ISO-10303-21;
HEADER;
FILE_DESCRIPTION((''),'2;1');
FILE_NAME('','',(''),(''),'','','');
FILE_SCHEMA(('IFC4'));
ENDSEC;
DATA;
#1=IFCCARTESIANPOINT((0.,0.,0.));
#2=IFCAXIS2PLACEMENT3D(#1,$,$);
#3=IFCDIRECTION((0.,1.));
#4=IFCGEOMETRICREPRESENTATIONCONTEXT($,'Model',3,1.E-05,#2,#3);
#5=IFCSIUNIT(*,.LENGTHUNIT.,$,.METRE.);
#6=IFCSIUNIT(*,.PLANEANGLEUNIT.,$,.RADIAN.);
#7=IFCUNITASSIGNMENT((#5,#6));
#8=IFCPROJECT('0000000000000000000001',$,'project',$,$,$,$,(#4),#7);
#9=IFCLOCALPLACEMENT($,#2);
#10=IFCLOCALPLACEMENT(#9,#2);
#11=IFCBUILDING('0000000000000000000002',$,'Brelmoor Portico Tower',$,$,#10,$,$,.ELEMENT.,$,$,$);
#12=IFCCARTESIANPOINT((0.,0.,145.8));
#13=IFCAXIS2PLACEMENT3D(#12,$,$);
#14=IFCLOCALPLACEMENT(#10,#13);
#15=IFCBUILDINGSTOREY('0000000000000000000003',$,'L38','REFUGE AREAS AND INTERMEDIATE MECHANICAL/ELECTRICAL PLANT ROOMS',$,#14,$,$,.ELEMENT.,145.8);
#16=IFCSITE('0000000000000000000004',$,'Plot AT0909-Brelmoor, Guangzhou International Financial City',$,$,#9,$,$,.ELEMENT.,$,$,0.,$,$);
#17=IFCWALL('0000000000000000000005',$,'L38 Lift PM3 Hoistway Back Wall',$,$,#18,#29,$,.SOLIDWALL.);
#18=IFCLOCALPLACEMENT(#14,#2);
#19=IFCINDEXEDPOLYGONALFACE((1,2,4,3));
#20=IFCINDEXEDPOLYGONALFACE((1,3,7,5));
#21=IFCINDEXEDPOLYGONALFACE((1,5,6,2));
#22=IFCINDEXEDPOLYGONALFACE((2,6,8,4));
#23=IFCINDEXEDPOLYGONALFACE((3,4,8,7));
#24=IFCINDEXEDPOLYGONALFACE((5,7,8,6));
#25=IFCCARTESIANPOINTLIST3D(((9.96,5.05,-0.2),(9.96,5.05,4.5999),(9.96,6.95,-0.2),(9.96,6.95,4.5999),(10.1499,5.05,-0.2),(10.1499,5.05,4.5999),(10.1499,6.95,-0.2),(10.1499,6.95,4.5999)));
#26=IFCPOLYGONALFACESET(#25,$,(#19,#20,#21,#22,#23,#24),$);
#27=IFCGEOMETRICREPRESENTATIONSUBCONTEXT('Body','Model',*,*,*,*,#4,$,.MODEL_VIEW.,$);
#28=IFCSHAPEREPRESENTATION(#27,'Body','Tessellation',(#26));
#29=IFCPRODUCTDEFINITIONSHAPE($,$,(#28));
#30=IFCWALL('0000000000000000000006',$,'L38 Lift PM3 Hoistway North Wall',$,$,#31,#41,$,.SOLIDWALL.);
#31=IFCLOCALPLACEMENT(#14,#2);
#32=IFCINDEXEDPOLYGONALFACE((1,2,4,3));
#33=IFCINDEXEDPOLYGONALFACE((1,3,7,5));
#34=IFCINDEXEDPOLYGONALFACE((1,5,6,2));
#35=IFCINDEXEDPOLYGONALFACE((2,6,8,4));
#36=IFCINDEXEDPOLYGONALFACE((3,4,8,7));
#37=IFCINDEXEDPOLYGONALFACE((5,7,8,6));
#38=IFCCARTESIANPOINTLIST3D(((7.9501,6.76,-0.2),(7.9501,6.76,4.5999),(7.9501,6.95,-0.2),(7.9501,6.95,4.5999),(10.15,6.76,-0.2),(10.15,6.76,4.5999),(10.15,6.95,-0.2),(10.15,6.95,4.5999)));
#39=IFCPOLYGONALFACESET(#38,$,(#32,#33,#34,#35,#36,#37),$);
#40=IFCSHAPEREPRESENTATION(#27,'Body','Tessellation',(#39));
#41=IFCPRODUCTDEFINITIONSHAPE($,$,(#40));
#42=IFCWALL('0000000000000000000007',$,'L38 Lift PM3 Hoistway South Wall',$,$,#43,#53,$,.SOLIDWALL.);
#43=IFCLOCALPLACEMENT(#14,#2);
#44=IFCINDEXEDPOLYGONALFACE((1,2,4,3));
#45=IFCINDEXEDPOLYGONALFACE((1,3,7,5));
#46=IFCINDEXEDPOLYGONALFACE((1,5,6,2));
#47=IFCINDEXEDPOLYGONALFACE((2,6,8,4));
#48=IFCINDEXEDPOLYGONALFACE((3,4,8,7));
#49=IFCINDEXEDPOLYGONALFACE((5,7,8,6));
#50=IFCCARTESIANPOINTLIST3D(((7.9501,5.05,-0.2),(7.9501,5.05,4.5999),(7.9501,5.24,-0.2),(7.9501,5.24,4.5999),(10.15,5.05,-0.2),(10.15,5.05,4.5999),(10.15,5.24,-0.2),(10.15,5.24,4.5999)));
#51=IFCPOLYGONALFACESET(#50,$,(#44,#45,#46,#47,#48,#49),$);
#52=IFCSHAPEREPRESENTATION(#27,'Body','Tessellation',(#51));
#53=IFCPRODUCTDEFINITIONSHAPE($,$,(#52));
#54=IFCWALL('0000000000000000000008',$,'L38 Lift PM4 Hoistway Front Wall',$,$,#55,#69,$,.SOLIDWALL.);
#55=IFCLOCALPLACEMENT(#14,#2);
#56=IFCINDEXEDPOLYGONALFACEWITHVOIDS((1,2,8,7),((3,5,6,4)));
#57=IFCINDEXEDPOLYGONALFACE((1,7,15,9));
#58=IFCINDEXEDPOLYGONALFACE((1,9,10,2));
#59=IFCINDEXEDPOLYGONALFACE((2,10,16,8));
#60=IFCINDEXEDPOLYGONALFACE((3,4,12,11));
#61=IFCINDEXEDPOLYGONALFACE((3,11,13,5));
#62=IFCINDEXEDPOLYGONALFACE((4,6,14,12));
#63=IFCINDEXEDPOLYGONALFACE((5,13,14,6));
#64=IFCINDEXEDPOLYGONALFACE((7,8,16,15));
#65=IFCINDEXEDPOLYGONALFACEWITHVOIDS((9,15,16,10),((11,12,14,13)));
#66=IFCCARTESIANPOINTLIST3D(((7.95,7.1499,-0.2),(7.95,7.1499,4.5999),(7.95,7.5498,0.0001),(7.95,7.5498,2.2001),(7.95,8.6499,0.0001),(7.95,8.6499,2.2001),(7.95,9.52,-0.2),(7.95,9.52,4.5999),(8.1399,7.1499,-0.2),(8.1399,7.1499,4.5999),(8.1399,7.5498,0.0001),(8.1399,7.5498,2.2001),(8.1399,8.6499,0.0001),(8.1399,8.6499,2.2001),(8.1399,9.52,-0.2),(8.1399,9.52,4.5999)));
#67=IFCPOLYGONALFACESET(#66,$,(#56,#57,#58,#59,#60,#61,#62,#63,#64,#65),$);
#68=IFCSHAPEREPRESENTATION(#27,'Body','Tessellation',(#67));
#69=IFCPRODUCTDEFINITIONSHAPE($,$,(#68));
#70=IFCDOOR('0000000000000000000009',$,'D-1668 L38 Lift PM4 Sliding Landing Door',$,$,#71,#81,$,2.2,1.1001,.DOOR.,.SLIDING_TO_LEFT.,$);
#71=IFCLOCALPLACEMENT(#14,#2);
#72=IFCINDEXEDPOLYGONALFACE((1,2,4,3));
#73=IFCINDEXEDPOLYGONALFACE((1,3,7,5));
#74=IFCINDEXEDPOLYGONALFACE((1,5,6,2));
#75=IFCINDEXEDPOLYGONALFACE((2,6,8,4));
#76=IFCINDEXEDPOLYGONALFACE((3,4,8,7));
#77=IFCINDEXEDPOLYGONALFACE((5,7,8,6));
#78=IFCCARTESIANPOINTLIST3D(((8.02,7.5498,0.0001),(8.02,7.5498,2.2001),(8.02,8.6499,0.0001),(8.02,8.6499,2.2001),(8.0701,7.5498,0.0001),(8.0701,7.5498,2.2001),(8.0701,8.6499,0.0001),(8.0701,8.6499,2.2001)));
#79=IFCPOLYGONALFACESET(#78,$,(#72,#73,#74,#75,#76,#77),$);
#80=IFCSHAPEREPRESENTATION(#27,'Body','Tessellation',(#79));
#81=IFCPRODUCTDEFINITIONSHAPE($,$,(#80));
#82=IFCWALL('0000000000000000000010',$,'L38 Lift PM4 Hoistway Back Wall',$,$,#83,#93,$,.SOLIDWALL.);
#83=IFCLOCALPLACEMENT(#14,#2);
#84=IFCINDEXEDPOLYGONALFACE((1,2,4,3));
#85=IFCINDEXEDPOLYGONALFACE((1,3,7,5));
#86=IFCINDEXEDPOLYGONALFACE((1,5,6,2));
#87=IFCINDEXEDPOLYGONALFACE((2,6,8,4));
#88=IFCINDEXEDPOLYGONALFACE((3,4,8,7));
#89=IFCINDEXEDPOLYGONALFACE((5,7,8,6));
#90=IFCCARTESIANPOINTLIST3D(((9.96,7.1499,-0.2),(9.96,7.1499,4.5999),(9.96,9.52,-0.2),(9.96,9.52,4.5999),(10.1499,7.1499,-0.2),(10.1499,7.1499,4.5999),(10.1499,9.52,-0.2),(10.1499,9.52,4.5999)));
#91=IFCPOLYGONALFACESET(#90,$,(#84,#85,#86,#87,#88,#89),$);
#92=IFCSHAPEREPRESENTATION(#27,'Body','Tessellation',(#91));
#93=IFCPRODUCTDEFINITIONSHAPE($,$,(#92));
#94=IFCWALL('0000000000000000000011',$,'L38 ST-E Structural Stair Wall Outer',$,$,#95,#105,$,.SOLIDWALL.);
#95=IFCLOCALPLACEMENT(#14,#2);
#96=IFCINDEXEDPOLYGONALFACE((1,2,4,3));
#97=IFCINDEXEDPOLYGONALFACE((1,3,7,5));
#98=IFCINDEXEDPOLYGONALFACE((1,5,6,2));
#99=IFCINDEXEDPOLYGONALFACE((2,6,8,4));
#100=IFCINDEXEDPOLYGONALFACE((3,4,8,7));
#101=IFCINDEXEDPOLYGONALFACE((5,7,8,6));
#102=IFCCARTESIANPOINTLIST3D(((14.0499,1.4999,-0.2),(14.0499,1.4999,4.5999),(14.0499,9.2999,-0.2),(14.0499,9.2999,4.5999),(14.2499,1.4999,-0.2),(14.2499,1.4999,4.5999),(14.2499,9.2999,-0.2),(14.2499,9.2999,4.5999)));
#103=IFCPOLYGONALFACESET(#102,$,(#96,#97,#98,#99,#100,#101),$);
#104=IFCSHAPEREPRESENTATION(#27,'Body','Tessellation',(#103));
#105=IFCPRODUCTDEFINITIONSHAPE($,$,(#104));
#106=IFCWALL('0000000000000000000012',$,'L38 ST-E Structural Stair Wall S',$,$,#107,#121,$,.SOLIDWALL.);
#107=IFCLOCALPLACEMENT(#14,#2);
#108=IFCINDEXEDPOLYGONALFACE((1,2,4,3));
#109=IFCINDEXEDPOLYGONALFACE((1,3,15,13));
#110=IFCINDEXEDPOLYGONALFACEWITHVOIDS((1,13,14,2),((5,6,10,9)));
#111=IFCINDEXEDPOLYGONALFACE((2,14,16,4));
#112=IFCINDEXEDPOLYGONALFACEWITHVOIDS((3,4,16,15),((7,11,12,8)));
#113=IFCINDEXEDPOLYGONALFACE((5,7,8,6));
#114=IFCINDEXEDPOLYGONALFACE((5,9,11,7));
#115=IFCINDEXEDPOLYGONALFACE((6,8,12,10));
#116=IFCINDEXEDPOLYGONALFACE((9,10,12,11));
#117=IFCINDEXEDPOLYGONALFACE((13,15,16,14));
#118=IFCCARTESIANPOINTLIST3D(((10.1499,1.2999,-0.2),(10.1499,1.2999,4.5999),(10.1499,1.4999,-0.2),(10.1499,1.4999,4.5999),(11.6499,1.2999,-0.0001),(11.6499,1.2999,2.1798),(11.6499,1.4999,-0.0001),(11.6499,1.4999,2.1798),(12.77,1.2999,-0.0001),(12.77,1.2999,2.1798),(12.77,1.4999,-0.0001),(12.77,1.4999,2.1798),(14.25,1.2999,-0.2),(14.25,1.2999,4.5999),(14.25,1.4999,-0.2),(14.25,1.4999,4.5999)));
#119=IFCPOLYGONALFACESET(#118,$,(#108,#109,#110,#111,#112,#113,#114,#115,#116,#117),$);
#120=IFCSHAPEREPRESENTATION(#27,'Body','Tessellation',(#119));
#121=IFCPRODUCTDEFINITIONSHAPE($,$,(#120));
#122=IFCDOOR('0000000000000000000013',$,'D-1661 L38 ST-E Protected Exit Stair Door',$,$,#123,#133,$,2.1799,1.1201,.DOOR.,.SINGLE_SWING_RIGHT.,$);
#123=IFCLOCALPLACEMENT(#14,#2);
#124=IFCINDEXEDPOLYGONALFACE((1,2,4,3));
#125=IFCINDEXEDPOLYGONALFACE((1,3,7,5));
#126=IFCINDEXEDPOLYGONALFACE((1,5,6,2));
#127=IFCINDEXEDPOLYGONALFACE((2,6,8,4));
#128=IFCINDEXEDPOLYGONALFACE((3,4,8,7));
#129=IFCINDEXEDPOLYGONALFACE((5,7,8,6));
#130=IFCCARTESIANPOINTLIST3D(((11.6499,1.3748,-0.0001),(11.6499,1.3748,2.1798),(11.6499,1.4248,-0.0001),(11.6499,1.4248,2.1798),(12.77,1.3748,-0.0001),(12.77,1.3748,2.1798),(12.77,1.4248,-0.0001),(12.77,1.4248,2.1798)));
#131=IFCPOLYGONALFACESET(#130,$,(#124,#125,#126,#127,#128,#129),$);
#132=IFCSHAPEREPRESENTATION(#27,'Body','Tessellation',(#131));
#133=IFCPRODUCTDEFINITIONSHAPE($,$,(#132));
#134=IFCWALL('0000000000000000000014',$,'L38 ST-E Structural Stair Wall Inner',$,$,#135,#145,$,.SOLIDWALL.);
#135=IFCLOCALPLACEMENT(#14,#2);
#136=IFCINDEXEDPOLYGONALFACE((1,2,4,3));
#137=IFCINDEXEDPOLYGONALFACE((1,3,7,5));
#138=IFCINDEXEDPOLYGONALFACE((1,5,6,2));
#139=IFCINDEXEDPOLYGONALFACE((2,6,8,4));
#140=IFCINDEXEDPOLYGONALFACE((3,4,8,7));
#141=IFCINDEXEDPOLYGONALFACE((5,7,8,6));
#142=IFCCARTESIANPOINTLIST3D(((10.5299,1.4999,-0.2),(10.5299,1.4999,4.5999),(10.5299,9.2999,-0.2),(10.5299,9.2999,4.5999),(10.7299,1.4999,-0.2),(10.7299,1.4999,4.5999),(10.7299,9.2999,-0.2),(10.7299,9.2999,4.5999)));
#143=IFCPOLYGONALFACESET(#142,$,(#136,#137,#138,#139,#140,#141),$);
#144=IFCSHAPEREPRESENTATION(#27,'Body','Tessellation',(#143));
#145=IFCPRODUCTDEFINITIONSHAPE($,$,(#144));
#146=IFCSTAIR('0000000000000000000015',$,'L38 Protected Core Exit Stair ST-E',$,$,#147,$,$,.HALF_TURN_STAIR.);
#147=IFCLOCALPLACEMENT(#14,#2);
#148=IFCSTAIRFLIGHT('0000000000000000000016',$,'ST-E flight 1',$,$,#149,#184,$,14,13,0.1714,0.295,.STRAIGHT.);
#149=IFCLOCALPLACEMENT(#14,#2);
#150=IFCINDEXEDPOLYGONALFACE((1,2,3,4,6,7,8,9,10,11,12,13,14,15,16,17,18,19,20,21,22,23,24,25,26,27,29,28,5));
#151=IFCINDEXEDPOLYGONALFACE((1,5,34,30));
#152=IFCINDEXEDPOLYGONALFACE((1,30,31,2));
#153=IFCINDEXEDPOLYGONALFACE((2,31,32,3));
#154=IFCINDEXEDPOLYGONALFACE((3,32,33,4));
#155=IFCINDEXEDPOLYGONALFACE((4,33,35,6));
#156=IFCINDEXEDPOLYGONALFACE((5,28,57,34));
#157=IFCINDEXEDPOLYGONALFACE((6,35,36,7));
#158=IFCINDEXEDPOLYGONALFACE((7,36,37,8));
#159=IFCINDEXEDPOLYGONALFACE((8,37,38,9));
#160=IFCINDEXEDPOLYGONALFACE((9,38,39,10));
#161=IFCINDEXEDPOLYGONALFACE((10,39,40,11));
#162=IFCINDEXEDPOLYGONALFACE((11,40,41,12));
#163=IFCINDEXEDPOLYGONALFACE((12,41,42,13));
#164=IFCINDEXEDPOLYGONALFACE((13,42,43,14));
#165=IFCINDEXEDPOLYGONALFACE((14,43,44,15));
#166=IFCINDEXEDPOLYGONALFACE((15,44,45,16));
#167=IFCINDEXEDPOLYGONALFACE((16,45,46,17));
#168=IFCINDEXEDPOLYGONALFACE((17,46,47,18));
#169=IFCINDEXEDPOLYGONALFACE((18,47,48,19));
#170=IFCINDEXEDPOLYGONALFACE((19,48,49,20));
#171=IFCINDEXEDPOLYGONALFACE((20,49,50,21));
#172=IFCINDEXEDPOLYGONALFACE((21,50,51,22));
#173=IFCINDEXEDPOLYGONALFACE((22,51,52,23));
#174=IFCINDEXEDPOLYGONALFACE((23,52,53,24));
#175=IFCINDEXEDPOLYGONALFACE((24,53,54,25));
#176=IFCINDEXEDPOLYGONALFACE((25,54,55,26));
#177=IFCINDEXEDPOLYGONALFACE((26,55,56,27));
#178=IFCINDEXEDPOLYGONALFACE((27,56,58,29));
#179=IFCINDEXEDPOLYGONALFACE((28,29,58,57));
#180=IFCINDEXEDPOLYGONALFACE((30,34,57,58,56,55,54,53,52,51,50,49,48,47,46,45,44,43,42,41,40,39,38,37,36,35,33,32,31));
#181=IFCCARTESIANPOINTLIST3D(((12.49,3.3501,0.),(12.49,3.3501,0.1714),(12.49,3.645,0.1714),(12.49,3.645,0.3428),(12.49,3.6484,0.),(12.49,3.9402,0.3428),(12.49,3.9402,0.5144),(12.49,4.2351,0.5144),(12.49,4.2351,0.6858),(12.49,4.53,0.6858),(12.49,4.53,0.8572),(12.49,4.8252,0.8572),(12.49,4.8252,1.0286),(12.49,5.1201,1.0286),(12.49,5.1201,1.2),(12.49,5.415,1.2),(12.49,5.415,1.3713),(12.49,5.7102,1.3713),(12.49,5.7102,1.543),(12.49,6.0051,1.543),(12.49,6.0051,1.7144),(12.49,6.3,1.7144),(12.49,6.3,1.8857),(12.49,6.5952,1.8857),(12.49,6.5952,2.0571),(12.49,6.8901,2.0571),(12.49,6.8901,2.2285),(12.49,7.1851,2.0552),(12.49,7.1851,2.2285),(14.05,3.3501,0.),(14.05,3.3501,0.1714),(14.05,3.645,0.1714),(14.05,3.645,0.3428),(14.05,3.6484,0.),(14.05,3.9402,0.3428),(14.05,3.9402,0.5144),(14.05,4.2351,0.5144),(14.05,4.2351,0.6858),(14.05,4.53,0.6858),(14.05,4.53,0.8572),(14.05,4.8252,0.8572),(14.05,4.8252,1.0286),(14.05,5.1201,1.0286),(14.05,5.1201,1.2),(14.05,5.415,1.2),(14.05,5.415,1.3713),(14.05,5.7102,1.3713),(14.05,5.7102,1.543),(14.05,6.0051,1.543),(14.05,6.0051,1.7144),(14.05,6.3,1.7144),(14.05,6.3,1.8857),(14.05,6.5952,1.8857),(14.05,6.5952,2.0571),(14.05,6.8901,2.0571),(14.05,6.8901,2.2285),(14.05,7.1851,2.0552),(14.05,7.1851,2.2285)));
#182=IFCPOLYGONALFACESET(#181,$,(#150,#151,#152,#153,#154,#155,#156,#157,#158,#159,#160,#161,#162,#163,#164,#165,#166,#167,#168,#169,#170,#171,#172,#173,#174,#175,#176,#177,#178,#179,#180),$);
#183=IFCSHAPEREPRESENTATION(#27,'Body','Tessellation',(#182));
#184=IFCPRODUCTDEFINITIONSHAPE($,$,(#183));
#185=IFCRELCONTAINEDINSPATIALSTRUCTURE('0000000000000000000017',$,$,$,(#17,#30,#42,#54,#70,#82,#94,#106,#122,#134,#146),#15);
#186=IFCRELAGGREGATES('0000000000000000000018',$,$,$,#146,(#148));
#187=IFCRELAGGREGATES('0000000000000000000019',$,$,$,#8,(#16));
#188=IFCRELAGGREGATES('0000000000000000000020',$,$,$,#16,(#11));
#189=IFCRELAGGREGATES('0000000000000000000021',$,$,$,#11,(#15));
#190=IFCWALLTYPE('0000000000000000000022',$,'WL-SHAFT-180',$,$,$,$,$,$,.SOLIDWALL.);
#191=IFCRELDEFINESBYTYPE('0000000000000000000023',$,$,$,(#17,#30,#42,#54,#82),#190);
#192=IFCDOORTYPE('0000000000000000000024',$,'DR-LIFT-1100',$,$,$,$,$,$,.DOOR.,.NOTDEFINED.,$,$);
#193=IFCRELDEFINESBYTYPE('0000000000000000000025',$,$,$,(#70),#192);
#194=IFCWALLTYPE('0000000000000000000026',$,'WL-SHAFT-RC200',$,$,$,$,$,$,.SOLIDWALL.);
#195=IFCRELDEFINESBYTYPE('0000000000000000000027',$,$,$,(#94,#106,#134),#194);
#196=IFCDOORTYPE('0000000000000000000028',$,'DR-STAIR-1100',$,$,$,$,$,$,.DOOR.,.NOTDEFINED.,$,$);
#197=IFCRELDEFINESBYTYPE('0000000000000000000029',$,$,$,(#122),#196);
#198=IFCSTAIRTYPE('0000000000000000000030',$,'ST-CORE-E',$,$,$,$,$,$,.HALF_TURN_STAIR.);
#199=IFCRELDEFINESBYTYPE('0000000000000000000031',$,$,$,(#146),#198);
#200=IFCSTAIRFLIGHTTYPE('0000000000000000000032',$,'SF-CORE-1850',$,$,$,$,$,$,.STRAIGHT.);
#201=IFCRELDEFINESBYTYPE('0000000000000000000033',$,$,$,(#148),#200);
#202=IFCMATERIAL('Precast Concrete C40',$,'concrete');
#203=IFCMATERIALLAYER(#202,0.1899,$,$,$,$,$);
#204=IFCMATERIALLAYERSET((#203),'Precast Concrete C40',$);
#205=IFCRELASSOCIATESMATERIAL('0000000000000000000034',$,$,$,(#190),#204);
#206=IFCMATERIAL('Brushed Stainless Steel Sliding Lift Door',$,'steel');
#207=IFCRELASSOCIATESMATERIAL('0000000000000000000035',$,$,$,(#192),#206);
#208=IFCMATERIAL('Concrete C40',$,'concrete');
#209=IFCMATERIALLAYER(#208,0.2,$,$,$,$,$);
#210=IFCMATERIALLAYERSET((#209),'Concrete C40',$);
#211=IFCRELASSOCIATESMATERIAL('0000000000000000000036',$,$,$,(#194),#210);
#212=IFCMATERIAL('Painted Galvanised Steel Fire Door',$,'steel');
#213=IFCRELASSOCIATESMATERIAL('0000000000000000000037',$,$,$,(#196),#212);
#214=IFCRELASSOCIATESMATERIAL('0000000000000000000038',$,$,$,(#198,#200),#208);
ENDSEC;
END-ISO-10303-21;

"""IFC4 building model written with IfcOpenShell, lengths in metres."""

from ifc_helpers import new_model, si_unit, direction, frame, frame_2d, origin, place, context, subcontext, project, spatial, polyline, rectangle, outline, extrude, material, layer, layer_set, type_object, element, fill, aggregate, save


model = new_model("IFC4")

# Units and contexts
model_context = context("Model", 3, precision=1e-05, world=origin(), true_north=direction((0.0, 1.0)))
body_context = subcontext(model_context, "Body", "Model", "MODEL_VIEW")
ifc_project = project(units=[si_unit("LENGTHUNIT", "METRE"), si_unit("PLANEANGLEUNIT", "RADIAN")], contexts=[model_context])

# Site, building, storey
site_placement = place(None, origin())
site = spatial("IfcSite", under=ifc_project, at=site_placement, Name="Plot AT0909-Brelmoor, Guangzhou International Financial City", CompositionType="ELEMENT", RefElevation=0.0)
building_placement = place(site_placement, origin())
building = spatial("IfcBuilding", under=site, at=building_placement, Name="Brelmoor Portico Tower", CompositionType="ELEMENT")
storey_placement = place(building_placement, frame((0.0, 0.0, 145.8)))
storey = spatial("IfcBuildingStorey", under=building, at=storey_placement, Name="L38", Description="REFUGE AREAS AND INTERMEDIATE MECHANICAL/ELECTRICAL PLANT ROOMS", CompositionType="ELEMENT", Elevation=145.8)

# Shared definitions
ifc_material_1 = material(Name="Precast Concrete C40", Category="concrete")
ifc_layer_1 = layer(ifc_material_1, 0.1899)
ifc_layer_set_1 = layer_set([ifc_layer_1], Name="Precast Concrete C40")
wall_type_1 = type_object("IfcWallType", Name="WL-SHAFT-180", PredefinedType="SOLIDWALL", material=ifc_layer_set_1)
ifc_material_2 = material(Name="Brushed Stainless Steel Sliding Lift Door", Category="steel")
door_type_1 = type_object("IfcDoorType", Name="DR-LIFT-1100", OperationType="NOTDEFINED", PredefinedType="DOOR", material=ifc_material_2)

# Walls
wall_1_placement = place(storey_placement, frame((10.0549, 5.05, -0.2), z_axis=(0.0, 0.0, 1.0), x_axis=(0.0, 1.0, 0.0)))
element("IfcWall", 1, at=wall_1_placement, inside=storey, type_object=wall_type_1, Name="L38 Lift PM3 Hoistway Back Wall", PredefinedType="SOLIDWALL", context=body_context, shape_type="SweptSolid", body=[
    extrude(rectangle(XDim=1.8999, YDim=0.1899, at=frame_2d((0.95, 0.0))), origin(), (0.0, 0.0, 1.0), 4.7998),
])
for number, where, z_axis, x_axis, name in (
    (2, (7.95, 6.855, -0.2), (0.0, 0.0, 1.0), (1.0, 0.0, 0.0), "L38 Lift PM3 Hoistway North Wall"),
    (3, (7.95, 5.145, -0.2), (0.0, 0.0, 1.0), (1.0, 0.0, 0.0), "L38 Lift PM3 Hoistway South Wall"),
):
    element("IfcWall", number, at=place(storey_placement, frame(where, z_axis=z_axis, x_axis=x_axis)), inside=storey, type_object=wall_type_1, Name=name, PredefinedType="SOLIDWALL", context=body_context, shape_type="SweptSolid", body=[
        extrude(rectangle(XDim=2.2, YDim=0.1899, at=frame_2d((1.1001, 0.0))), origin(), (0.0, 0.0, 1.0), 4.7998),
    ])

# Wall, opening, door
wall_2_placement = place(storey_placement, frame((8.0449, 7.1499, -0.2), z_axis=(0.0, 0.0, 1.0), x_axis=(0.0, 1.0, 0.0)))
wall_2 = element("IfcWall", 4, at=wall_2_placement, inside=storey, type_object=wall_type_1, Name="L38 Lift PM4 Hoistway Front Wall", PredefinedType="SOLIDWALL", context=body_context, shape_type="SweptSolid", body=[
    extrude(rectangle(XDim=2.3701, YDim=0.1899, at=frame_2d((1.1851, 0.0))), origin(), (0.0, 0.0, 1.0), 4.7998),
])
opening_1_placement = place(wall_2_placement, frame((0.3999, 0.0, 0.2)))
opening_1 = element("IfcOpeningElement", 5, at=opening_1_placement, cuts=wall_2, PredefinedType="OPENING", context=body_context, shape_type="SweptSolid", body=[
    extrude(rectangle(XDim=1.1001, YDim=2.2, at=frame_2d((0.55, 1.1001))), frame((0.0, 0.105, 0.0), z_axis=(0.0, -1.0, 0.0), x_axis=(1.0, 0.0, 0.0)), (0.0, 0.0, 1.0), 0.21),
])
door_1_placement = place(opening_1_placement, origin())
door_1 = element("IfcDoor", 6, at=door_1_placement, inside=storey, type_object=door_type_1, Name="D-1668 L38 Lift PM4 Sliding Landing Door", OperationType="SLIDING_TO_LEFT", OverallHeight=2.2, OverallWidth=1.1001, PredefinedType="DOOR", context=body_context, shape_type="SweptSolid", body=[
    extrude(rectangle(XDim=1.1001, YDim=2.2, at=frame_2d((0.55, 1.1001))), frame((0.0, 0.0249, 0.0), z_axis=(0.0, -1.0, 0.0), x_axis=(1.0, 0.0, 0.0)), (0.0, 0.0, 1.0), 0.05),
])
fill(opening_1, door_1)

# Walls
wall_3_placement = place(storey_placement, frame((10.0549, 7.1499, -0.2), z_axis=(0.0, 0.0, 1.0), x_axis=(0.0, 1.0, 0.0)))
element("IfcWall", 7, at=wall_3_placement, inside=storey, type_object=wall_type_1, Name="L38 Lift PM4 Hoistway Back Wall", PredefinedType="SOLIDWALL", context=body_context, shape_type="SweptSolid", body=[
    extrude(rectangle(XDim=2.3701, YDim=0.1899, at=frame_2d((1.1851, 0.0))), origin(), (0.0, 0.0, 1.0), 4.7998),
])
ifc_material_3 = material(Name="Concrete C40", Category="concrete")
ifc_layer_2 = layer(ifc_material_3, 0.2)
ifc_layer_set_2 = layer_set([ifc_layer_2], Name="Concrete C40")
wall_type_2 = type_object("IfcWallType", Name="WL-SHAFT-RC200", PredefinedType="SOLIDWALL", material=ifc_layer_set_2)
wall_4_placement = place(storey_placement, frame((14.1499, 1.5, -0.2), z_axis=(0.0, 0.0, 1.0), x_axis=(0.0, 1.0, 0.0)))
element("IfcWall", 8, at=wall_4_placement, inside=storey, type_object=wall_type_2, Name="L38 ST-E Structural Stair Wall Outer", PredefinedType="SOLIDWALL", context=body_context, shape_type="SweptSolid", body=[
    extrude(rectangle(XDim=7.8, YDim=0.2, at=frame_2d((3.8999, 0.0))), origin(), (0.0, 0.0, 1.0), 4.7998),
])

# Wall, opening, door
wall_5_placement = place(storey_placement, frame((10.1499, 1.3999, -0.2), z_axis=(0.0, 0.0, 1.0), x_axis=(1.0, 0.0, 0.0)))
wall_5 = element("IfcWall", 9, at=wall_5_placement, inside=storey, type_object=wall_type_2, Name="L38 ST-E Structural Stair Wall S", PredefinedType="SOLIDWALL", context=body_context, shape_type="SweptSolid", body=[
    extrude(rectangle(XDim=4.1001, YDim=0.2, at=frame_2d((2.05, 0.0))), origin(), (0.0, 0.0, 1.0), 4.7998),
])
opening_2_placement = place(wall_5_placement, frame((1.5, 0.0, 0.2)))
opening_2 = element("IfcOpeningElement", 10, at=opening_2_placement, cuts=wall_5, PredefinedType="OPENING", context=body_context, shape_type="SweptSolid", body=[
    extrude(rectangle(XDim=1.1201, YDim=2.1799, at=frame_2d((0.5601, 1.0898))), frame((0.0, 0.1099, 0.0), z_axis=(0.0, -1.0, 0.0), x_axis=(1.0, 0.0, 0.0)), (0.0, 0.0, 1.0), 0.22),
])
ifc_material_4 = material(Name="Painted Galvanised Steel Fire Door", Category="steel")
door_type_2 = type_object("IfcDoorType", Name="DR-STAIR-1100", OperationType="NOTDEFINED", PredefinedType="DOOR", material=ifc_material_4)
door_2_placement = place(opening_2_placement, origin())
door_2 = element("IfcDoor", 11, at=door_2_placement, inside=storey, type_object=door_type_2, Name="D-1661 L38 ST-E Protected Exit Stair Door", OperationType="SINGLE_SWING_RIGHT", OverallHeight=2.1799, OverallWidth=1.1201, PredefinedType="DOOR", context=body_context, shape_type="SweptSolid", body=[
    extrude(rectangle(XDim=1.1201, YDim=2.1799, at=frame_2d((0.5601, 1.0898))), frame((0.0, 0.0249, 0.0), z_axis=(0.0, -1.0, 0.0), x_axis=(1.0, 0.0, 0.0)), (0.0, 0.0, 1.0), 0.05),
])
fill(opening_2, door_2)

# Wall
wall_6_placement = place(storey_placement, frame((10.6299, 1.5, -0.2), z_axis=(0.0, 0.0, 1.0), x_axis=(0.0, 1.0, 0.0)))
element("IfcWall", 12, at=wall_6_placement, inside=storey, type_object=wall_type_2, Name="L38 ST-E Structural Stair Wall Inner", PredefinedType="SOLIDWALL", context=body_context, shape_type="SweptSolid", body=[
    extrude(rectangle(XDim=7.8, YDim=0.2, at=frame_2d((3.8999, 0.0))), origin(), (0.0, 0.0, 1.0), 4.7998),
])

# Stair, stair flight
stair_type = type_object("IfcStairType", Name="ST-CORE-E", PredefinedType="HALF_TURN_STAIR", material=ifc_material_3)
stair_placement = place(storey_placement, origin())
stair = element("IfcStair", 13, at=stair_placement, inside=storey, type_object=stair_type, Name="L38 Protected Core Exit Stair ST-E", PredefinedType="HALF_TURN_STAIR")
stair_flight_type = type_object("IfcStairFlightType", Name="SF-CORE-1850", PredefinedType="STRAIGHT", material=ifc_material_3)
stair_flight_placement = place(storey_placement, frame((13.27, 3.3501, 0.0), z_axis=(0.0, 0.0, 1.0), x_axis=(0.0, 1.0, 0.0)))
stair_flight = element("IfcStairFlight", 14, at=stair_flight_placement, type_object=stair_flight_type, Name="ST-E flight 1", NumberOfRisers=14, NumberOfTreads=13, PredefinedType="STRAIGHT", RiserHeight=0.1714, TreadLength=0.295, context=body_context, shape_type="SweptSolid", body=[
    extrude(outline(polyline([(0.0, 0.0), (0.0, 0.1714), (0.2949, 0.1714), (0.2949, 0.3428), (0.5901, 0.3428), (0.5901, 0.5144), (0.885, 0.5144), (0.885, 0.6858), (1.1799, 0.6858), (1.1799, 0.8572), (1.4751, 0.8572), (1.4751, 1.0286), (1.77, 1.0286), (1.77, 1.2), (2.0649, 1.2), (2.0649, 1.3713), (2.3601, 1.3713), (2.3601, 1.543), (2.655, 1.543), (2.655, 1.7144), (2.95, 1.7144), (2.95, 1.8857), (3.2451, 1.8857), (3.2451, 2.0571), (3.54, 2.0571), (3.54, 2.2285), (3.835, 2.2285), (3.835, 2.3999), (3.835, 2.0552), (0.2983, 0.0), (0.0, 0.0)])), frame((0.0, 0.78, 0.0), z_axis=(0.0, -1.0, 0.0), x_axis=(1.0, 0.0, 0.0)), (0.0, 0.0, 1.0), 1.5601),
])
aggregate(stair, [stair_flight])

save(model, "model.ifc")
